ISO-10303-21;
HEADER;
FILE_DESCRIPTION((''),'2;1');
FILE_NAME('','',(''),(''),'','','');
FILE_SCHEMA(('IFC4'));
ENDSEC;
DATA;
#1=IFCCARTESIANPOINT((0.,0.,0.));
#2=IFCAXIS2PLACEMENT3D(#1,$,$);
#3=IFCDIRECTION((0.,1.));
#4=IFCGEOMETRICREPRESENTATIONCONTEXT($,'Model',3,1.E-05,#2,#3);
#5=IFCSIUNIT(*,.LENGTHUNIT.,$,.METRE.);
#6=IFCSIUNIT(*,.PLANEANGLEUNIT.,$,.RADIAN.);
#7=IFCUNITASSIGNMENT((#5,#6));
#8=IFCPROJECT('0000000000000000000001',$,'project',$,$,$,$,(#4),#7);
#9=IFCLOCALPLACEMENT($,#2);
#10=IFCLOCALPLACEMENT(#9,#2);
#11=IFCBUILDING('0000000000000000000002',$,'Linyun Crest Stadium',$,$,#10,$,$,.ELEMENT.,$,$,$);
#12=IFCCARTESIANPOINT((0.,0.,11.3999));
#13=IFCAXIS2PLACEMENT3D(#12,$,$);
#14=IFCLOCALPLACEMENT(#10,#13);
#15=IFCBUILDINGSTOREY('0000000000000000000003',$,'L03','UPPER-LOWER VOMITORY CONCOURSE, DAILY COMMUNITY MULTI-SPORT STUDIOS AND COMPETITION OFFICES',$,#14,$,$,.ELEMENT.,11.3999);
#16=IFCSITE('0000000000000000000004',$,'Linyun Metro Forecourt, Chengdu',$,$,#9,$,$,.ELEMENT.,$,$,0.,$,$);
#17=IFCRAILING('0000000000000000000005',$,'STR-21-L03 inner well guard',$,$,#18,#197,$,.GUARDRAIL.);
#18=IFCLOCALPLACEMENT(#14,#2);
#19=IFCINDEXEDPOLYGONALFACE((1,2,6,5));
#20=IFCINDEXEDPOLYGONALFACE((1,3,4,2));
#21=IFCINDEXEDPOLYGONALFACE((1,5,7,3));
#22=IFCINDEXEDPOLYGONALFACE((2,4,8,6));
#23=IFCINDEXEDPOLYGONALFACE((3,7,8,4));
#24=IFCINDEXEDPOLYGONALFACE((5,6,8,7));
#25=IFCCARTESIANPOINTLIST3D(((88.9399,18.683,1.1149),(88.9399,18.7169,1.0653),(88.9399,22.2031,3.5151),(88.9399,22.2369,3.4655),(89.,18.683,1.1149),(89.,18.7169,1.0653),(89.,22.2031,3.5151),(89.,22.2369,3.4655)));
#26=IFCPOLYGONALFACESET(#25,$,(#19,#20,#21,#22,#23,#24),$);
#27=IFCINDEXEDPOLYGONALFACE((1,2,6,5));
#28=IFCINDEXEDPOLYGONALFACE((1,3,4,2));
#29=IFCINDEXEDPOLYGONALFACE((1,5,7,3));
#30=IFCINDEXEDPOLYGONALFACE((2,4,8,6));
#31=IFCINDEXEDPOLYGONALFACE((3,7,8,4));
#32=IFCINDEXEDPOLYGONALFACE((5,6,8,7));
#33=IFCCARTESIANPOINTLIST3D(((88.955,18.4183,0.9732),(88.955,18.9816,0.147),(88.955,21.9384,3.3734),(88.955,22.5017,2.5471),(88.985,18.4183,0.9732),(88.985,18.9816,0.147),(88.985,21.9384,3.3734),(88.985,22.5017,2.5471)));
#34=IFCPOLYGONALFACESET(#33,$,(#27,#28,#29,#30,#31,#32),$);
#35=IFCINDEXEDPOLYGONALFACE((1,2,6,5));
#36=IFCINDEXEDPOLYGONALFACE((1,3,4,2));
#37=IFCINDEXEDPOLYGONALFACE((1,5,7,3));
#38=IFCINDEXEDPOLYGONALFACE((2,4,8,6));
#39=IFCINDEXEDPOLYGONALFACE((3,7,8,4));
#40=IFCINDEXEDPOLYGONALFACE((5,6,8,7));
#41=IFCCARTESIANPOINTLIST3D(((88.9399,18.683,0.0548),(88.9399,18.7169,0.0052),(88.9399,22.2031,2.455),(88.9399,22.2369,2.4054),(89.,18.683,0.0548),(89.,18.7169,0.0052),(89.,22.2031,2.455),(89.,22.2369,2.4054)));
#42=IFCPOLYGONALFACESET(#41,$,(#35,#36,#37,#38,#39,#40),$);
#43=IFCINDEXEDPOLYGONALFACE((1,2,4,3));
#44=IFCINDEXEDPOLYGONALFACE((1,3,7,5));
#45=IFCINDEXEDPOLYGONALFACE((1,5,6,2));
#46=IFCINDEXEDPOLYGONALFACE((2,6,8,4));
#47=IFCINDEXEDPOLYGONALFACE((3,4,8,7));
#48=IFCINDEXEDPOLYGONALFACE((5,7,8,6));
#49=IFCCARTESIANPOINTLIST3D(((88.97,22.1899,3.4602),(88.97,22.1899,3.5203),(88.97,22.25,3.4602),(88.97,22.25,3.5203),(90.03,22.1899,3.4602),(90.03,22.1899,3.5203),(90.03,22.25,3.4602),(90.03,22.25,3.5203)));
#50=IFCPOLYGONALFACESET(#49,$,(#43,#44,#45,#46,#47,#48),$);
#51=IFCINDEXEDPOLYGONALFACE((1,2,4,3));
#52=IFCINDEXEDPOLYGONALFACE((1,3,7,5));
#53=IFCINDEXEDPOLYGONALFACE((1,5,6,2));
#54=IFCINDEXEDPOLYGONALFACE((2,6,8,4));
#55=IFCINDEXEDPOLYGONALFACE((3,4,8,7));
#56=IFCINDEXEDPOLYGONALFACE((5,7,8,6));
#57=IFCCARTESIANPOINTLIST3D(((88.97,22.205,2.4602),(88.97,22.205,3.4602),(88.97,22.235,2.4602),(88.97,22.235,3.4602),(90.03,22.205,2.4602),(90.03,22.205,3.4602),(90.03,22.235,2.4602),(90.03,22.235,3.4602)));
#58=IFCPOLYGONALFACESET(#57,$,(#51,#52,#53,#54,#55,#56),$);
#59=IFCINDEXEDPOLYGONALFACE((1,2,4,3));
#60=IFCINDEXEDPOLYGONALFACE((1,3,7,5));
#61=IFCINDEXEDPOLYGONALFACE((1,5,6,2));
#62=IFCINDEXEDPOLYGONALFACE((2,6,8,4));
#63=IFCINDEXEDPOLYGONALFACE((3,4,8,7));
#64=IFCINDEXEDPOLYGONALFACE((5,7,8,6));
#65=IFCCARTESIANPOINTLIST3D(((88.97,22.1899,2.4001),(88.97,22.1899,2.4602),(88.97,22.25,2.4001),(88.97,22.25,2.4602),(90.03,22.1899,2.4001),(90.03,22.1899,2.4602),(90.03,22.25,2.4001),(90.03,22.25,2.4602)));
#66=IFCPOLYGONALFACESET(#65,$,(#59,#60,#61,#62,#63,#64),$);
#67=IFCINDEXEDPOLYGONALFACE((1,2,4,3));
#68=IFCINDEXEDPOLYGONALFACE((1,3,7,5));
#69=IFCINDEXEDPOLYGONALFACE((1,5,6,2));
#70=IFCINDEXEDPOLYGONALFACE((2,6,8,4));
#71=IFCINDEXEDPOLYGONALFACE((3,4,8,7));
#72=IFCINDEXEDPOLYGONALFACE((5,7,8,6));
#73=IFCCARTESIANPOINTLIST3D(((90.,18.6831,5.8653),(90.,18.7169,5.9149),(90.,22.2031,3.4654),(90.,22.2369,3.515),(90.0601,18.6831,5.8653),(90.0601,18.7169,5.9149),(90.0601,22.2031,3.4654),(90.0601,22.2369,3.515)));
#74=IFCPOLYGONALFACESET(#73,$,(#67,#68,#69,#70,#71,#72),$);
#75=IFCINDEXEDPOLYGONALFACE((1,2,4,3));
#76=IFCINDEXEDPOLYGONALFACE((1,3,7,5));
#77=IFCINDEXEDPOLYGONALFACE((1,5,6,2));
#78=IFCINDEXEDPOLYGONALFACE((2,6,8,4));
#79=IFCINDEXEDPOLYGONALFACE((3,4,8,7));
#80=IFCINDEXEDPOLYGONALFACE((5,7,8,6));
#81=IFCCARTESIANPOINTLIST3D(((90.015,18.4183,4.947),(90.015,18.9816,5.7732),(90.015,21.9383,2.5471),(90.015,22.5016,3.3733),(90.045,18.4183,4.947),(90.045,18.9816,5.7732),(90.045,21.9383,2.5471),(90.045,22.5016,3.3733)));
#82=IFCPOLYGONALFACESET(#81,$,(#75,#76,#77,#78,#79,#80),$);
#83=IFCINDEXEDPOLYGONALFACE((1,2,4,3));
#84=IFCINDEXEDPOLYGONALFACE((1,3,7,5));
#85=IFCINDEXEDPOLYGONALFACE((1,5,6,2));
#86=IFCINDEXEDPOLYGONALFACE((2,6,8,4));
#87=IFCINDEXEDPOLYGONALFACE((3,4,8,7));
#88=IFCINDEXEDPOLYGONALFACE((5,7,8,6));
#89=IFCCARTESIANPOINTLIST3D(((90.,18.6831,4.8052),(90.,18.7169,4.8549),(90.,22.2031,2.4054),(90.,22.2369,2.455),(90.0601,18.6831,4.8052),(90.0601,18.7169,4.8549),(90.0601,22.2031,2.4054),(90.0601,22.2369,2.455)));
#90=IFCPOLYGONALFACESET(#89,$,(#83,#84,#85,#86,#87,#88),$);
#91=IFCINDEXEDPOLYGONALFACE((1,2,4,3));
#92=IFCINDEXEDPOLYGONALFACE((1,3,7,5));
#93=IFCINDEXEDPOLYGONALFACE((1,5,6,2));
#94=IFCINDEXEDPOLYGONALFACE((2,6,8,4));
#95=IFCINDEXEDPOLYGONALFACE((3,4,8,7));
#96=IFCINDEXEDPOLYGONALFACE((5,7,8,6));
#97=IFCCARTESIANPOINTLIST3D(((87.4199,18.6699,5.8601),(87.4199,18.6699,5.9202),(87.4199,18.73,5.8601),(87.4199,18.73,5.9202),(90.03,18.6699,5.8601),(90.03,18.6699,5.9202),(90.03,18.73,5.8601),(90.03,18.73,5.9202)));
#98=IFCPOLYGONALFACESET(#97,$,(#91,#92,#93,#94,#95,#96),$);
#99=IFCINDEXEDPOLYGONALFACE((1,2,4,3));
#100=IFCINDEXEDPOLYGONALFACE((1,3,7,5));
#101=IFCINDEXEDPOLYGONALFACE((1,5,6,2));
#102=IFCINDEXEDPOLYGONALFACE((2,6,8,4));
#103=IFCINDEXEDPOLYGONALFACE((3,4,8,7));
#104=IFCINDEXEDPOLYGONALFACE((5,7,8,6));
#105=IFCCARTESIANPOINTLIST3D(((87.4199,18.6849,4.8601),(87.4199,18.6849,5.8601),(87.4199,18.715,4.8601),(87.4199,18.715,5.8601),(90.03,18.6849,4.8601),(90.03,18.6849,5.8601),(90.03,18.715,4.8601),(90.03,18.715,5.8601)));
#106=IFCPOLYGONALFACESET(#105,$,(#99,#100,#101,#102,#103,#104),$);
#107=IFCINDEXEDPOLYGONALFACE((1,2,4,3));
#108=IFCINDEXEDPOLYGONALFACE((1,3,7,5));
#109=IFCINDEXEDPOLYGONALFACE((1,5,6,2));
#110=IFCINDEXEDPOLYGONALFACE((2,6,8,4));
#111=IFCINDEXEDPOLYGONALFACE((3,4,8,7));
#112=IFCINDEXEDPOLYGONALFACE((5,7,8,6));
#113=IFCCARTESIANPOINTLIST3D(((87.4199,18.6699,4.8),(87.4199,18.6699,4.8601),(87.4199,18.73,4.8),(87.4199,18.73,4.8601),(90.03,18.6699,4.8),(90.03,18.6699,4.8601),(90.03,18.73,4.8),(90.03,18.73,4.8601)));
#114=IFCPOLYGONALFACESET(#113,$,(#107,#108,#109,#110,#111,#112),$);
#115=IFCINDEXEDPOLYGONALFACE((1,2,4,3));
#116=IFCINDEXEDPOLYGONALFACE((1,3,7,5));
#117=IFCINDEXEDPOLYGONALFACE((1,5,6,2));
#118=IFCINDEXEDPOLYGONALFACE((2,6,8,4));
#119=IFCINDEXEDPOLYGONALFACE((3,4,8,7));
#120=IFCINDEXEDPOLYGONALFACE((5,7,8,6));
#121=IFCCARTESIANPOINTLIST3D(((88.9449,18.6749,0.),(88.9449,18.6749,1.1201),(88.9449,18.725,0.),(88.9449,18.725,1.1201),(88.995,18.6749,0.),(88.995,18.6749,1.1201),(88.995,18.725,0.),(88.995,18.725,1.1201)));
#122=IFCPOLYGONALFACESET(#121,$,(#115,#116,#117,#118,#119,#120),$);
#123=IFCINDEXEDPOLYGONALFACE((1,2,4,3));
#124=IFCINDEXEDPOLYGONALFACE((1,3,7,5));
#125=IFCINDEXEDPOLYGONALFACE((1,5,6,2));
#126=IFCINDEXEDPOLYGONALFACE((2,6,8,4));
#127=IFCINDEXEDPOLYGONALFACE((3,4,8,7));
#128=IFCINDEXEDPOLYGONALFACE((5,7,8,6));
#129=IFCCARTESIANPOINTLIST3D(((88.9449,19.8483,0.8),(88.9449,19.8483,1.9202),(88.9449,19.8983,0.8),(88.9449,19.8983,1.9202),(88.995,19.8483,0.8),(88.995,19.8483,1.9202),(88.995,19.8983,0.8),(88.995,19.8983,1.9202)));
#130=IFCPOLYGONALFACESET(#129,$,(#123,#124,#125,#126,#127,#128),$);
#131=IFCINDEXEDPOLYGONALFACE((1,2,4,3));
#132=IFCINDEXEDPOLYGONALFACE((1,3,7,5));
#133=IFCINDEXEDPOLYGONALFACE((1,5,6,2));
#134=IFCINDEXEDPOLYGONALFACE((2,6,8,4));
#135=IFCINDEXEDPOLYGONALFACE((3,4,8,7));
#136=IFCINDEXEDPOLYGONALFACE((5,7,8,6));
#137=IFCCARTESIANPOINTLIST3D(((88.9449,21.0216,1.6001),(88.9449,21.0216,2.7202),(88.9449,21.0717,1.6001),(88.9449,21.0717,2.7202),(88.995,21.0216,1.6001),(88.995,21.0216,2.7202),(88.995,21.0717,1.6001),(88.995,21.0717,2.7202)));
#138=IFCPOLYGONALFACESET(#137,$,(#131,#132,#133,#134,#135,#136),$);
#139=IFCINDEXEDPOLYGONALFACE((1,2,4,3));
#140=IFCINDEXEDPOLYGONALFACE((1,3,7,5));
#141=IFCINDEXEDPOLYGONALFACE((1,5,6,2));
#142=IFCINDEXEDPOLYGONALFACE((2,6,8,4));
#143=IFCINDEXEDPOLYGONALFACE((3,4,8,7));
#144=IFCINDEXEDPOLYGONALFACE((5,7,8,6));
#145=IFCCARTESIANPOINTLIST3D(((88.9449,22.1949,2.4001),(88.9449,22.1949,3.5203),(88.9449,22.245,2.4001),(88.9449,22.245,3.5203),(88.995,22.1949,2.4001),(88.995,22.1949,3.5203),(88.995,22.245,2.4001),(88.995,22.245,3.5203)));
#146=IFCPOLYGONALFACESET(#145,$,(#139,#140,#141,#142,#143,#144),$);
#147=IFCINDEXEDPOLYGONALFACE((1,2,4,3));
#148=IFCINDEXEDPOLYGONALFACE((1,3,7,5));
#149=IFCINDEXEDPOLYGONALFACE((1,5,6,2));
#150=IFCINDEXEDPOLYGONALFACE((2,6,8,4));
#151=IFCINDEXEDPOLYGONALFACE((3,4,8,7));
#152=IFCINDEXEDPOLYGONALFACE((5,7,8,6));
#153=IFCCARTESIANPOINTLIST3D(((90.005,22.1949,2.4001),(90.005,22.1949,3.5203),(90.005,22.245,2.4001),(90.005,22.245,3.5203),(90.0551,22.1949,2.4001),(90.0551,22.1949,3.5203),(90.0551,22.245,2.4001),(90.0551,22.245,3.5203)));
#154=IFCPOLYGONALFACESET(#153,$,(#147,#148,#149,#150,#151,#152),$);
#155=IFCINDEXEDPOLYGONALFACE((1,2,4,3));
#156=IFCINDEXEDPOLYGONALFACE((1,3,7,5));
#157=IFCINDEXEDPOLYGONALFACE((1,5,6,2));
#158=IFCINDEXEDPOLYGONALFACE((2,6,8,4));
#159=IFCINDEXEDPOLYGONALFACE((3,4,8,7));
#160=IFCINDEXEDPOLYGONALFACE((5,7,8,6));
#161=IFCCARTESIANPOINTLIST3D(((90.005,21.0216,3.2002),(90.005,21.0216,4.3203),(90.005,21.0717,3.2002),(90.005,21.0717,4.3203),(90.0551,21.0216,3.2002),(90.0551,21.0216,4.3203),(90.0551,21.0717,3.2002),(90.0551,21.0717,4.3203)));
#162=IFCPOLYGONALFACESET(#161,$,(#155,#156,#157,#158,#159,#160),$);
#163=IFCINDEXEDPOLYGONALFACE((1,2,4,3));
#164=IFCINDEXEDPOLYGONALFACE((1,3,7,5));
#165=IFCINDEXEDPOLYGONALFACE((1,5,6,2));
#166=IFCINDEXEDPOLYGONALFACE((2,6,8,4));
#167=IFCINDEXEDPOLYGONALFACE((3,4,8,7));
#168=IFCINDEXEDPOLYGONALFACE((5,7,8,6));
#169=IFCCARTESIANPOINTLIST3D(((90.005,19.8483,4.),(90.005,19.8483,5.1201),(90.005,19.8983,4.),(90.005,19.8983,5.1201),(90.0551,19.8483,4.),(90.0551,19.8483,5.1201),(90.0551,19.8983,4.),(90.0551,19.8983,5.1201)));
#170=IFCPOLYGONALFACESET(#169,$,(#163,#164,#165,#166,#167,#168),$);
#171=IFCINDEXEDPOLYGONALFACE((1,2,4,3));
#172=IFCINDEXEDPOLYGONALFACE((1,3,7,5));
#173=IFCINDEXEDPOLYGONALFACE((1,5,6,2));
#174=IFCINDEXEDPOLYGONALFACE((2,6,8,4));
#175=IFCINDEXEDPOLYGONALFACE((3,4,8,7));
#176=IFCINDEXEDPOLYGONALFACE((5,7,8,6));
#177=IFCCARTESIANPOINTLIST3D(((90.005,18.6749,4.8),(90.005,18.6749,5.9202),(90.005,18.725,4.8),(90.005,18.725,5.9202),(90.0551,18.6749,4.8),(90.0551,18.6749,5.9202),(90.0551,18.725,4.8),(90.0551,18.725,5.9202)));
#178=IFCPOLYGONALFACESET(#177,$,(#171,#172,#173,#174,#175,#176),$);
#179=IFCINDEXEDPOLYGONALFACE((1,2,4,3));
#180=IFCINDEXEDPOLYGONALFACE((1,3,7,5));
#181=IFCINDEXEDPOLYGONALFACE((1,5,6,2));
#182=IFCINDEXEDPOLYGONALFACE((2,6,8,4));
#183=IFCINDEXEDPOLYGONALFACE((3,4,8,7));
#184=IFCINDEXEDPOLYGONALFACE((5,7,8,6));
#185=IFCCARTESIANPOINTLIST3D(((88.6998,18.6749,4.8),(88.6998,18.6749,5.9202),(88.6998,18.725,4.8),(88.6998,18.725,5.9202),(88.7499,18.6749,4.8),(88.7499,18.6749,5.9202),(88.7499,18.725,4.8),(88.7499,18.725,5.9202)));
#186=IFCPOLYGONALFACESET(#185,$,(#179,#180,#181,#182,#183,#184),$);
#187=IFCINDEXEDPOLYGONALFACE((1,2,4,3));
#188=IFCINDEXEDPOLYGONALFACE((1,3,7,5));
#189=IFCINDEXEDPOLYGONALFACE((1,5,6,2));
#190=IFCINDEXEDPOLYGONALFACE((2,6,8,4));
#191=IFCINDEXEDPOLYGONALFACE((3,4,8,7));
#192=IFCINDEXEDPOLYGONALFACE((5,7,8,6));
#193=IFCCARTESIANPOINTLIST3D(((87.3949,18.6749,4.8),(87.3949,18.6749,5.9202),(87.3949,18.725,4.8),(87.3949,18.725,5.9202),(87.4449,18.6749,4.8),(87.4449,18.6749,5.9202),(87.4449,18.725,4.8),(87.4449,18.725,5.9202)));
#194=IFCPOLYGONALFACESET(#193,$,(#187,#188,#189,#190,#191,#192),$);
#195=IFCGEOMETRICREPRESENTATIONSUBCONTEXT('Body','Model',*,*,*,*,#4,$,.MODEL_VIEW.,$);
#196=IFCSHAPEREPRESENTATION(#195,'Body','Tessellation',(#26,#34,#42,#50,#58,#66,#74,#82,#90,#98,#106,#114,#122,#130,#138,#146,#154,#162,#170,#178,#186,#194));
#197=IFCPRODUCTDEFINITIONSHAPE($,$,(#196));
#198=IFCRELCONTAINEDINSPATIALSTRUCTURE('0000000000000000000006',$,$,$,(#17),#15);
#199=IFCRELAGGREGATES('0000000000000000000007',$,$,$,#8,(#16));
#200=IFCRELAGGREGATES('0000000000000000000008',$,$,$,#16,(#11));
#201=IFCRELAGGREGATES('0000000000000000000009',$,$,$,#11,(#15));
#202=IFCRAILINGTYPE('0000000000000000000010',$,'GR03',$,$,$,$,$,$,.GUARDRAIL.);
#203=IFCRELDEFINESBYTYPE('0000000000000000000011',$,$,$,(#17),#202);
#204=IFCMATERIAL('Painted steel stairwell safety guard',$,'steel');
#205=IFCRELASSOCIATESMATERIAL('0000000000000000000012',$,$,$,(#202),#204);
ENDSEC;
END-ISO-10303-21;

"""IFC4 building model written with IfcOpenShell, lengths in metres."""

from ifc_helpers import new_model, si_unit, direction, frame, origin, origin_2d, place, context, subcontext, project, spatial, rectangle, extrude, material, type_object, element, save


model = new_model("IFC4")

# Units and contexts
model_context = context("Model", 3, precision=1e-05, world=origin(), true_north=direction((0.0, 1.0)))
body_context = subcontext(model_context, "Body", "Model", "MODEL_VIEW")
ifc_project = project(units=[si_unit("LENGTHUNIT", "METRE"), si_unit("PLANEANGLEUNIT", "RADIAN")], contexts=[model_context])

# Site, building, storey
site_placement = place(None, origin())
site = spatial("IfcSite", under=ifc_project, at=site_placement, Name="Linyun Metro Forecourt, Chengdu", CompositionType="ELEMENT", RefElevation=0.0)
building_placement = place(site_placement, origin())
building = spatial("IfcBuilding", under=site, at=building_placement, Name="Linyun Crest Stadium", CompositionType="ELEMENT")
storey_placement = place(building_placement, frame((0.0, 0.0, 11.3999)))
storey = spatial("IfcBuildingStorey", under=building, at=storey_placement, Name="L03", Description="UPPER-LOWER VOMITORY CONCOURSE, DAILY COMMUNITY MULTI-SPORT STUDIOS AND COMPETITION OFFICES", CompositionType="ELEMENT", Elevation=11.3999)

# Railing
ifc_material_1 = material(Name="Painted steel stairwell safety guard", Category="steel")
railing_type_1 = type_object("IfcRailingType", Name="GR03", PredefinedType="GUARDRAIL", material=ifc_material_1)
railing_1_placement = place(storey_placement, frame((88.97, 18.7, 0.0)))
element("IfcRailing", 1, at=railing_1_placement, inside=storey, type_object=railing_type_1, Name="STR-21-L03 inner well guard", PredefinedType="GUARDRAIL", context=body_context, shape_type="SweptSolid", body=[
    extrude(rectangle(XDim=0.0601, YDim=0.0601, at=origin_2d()), frame((0.0, 0.0, 1.0901), z_axis=(0.0, 0.826213, 0.563358), x_axis=(-1.0, 0.0, 0.0)), (0.0, 0.0, 1.0), 4.2605),
    extrude(rectangle(XDim=0.03, YDim=1.0, at=origin_2d()), frame((0.0, 0.0, 0.5601), z_axis=(0.0, 0.826213, 0.563358), x_axis=(-1.0, 0.0, 0.0)), (0.0, 0.0, 1.0), 4.2605),
    extrude(rectangle(XDim=0.0601, YDim=0.0601, at=origin_2d()), frame((0.0, 0.0, 0.03), z_axis=(0.0, 0.826213, 0.563358), x_axis=(-1.0, 0.0, 0.0)), (0.0, 0.0, 1.0), 4.2605),
    extrude(rectangle(XDim=0.0601, YDim=0.0601, at=origin_2d()), frame((0.0, 3.52, 3.4902), z_axis=(1.0, 0.0, 0.0), x_axis=(0.0, 1.0, 0.0)), (0.0, 0.0, 1.0), 1.0601),
    extrude(rectangle(XDim=0.03, YDim=1.0, at=origin_2d()), frame((0.0, 3.52, 2.9602), z_axis=(1.0, 0.0, 0.0), x_axis=(0.0, 1.0, 0.0)), (0.0, 0.0, 1.0), 1.0601),
    extrude(rectangle(XDim=0.0601, YDim=0.0601, at=origin_2d()), frame((0.0, 3.52, 2.4302), z_axis=(1.0, 0.0, 0.0), x_axis=(0.0, 1.0, 0.0)), (0.0, 0.0, 1.0), 1.0601),
    extrude(rectangle(XDim=0.0601, YDim=0.0601, at=origin_2d()), frame((1.0601, 3.52, 3.4902), z_axis=(0.0, -0.826239, 0.563319), x_axis=(1.0, 0.0, 0.0)), (0.0, 0.0, 1.0), 4.2603),
    extrude(rectangle(XDim=0.03, YDim=1.0, at=origin_2d()), frame((1.0601, 3.52, 2.9602), z_axis=(0.0, -0.826239, 0.563319), x_axis=(1.0, 0.0, 0.0)), (0.0, 0.0, 1.0), 4.2603),
    extrude(rectangle(XDim=0.0601, YDim=0.0601, at=origin_2d()), frame((1.0601, 3.52, 2.4302), z_axis=(0.0, -0.826239, 0.563319), x_axis=(1.0, 0.0, 0.0)), (0.0, 0.0, 1.0), 4.2603),
    extrude(rectangle(XDim=0.0601, YDim=0.0601, at=origin_2d()), frame((1.0601, 0.0, 5.8901), z_axis=(-1.0, 0.0, 0.0), x_axis=(0.0, -1.0, 0.0)), (0.0, 0.0, 1.0), 2.6101),
    extrude(rectangle(XDim=0.03, YDim=1.0, at=origin_2d()), frame((1.0601, 0.0, 5.3601), z_axis=(-1.0, 0.0, 0.0), x_axis=(0.0, -1.0, 0.0)), (0.0, 0.0, 1.0), 2.6101),
    extrude(rectangle(XDim=0.0601, YDim=0.0601, at=origin_2d()), frame((1.0601, 0.0, 4.8301), z_axis=(-1.0, 0.0, 0.0), x_axis=(0.0, -1.0, 0.0)), (0.0, 0.0, 1.0), 2.6101),
    extrude(rectangle(XDim=0.05, YDim=0.05, at=origin_2d()), origin(), (0.0, 0.0, 1.0), 1.1201),
    extrude(rectangle(XDim=0.05, YDim=0.05, at=origin_2d()), frame((0.0, 1.1733, 0.8)), (0.0, 0.0, 1.0), 1.1201),
    extrude(rectangle(XDim=0.05, YDim=0.05, at=origin_2d()), frame((0.0, 2.3467, 1.6001)), (0.0, 0.0, 1.0), 1.1201),
    extrude(rectangle(XDim=0.05, YDim=0.05, at=origin_2d()), frame((0.0, 3.52, 2.4001)), (0.0, 0.0, 1.0), 1.1201),
    extrude(rectangle(XDim=0.05, YDim=0.05, at=origin_2d()), frame((1.0601, 3.52, 2.4001)), (0.0, 0.0, 1.0), 1.1201),
    extrude(rectangle(XDim=0.05, YDim=0.05, at=origin_2d()), frame((1.0601, 2.3467, 3.2002)), (0.0, 0.0, 1.0), 1.1201),
    extrude(rectangle(XDim=0.05, YDim=0.05, at=origin_2d()), frame((1.0601, 1.1733, 4.0)), (0.0, 0.0, 1.0), 1.1201),
    extrude(rectangle(XDim=0.05, YDim=0.05, at=origin_2d()), frame((1.0601, 0.0, 4.8)), (0.0, 0.0, 1.0), 1.1201),
    extrude(rectangle(XDim=0.05, YDim=0.05, at=origin_2d()), frame((-0.2451, 0.0, 4.8)), (0.0, 0.0, 1.0), 1.1201),
    extrude(rectangle(XDim=0.05, YDim=0.05, at=origin_2d()), frame((-1.55, 0.0, 4.8)), (0.0, 0.0, 1.0), 1.1201),
])

save(model, "model.ifc")
